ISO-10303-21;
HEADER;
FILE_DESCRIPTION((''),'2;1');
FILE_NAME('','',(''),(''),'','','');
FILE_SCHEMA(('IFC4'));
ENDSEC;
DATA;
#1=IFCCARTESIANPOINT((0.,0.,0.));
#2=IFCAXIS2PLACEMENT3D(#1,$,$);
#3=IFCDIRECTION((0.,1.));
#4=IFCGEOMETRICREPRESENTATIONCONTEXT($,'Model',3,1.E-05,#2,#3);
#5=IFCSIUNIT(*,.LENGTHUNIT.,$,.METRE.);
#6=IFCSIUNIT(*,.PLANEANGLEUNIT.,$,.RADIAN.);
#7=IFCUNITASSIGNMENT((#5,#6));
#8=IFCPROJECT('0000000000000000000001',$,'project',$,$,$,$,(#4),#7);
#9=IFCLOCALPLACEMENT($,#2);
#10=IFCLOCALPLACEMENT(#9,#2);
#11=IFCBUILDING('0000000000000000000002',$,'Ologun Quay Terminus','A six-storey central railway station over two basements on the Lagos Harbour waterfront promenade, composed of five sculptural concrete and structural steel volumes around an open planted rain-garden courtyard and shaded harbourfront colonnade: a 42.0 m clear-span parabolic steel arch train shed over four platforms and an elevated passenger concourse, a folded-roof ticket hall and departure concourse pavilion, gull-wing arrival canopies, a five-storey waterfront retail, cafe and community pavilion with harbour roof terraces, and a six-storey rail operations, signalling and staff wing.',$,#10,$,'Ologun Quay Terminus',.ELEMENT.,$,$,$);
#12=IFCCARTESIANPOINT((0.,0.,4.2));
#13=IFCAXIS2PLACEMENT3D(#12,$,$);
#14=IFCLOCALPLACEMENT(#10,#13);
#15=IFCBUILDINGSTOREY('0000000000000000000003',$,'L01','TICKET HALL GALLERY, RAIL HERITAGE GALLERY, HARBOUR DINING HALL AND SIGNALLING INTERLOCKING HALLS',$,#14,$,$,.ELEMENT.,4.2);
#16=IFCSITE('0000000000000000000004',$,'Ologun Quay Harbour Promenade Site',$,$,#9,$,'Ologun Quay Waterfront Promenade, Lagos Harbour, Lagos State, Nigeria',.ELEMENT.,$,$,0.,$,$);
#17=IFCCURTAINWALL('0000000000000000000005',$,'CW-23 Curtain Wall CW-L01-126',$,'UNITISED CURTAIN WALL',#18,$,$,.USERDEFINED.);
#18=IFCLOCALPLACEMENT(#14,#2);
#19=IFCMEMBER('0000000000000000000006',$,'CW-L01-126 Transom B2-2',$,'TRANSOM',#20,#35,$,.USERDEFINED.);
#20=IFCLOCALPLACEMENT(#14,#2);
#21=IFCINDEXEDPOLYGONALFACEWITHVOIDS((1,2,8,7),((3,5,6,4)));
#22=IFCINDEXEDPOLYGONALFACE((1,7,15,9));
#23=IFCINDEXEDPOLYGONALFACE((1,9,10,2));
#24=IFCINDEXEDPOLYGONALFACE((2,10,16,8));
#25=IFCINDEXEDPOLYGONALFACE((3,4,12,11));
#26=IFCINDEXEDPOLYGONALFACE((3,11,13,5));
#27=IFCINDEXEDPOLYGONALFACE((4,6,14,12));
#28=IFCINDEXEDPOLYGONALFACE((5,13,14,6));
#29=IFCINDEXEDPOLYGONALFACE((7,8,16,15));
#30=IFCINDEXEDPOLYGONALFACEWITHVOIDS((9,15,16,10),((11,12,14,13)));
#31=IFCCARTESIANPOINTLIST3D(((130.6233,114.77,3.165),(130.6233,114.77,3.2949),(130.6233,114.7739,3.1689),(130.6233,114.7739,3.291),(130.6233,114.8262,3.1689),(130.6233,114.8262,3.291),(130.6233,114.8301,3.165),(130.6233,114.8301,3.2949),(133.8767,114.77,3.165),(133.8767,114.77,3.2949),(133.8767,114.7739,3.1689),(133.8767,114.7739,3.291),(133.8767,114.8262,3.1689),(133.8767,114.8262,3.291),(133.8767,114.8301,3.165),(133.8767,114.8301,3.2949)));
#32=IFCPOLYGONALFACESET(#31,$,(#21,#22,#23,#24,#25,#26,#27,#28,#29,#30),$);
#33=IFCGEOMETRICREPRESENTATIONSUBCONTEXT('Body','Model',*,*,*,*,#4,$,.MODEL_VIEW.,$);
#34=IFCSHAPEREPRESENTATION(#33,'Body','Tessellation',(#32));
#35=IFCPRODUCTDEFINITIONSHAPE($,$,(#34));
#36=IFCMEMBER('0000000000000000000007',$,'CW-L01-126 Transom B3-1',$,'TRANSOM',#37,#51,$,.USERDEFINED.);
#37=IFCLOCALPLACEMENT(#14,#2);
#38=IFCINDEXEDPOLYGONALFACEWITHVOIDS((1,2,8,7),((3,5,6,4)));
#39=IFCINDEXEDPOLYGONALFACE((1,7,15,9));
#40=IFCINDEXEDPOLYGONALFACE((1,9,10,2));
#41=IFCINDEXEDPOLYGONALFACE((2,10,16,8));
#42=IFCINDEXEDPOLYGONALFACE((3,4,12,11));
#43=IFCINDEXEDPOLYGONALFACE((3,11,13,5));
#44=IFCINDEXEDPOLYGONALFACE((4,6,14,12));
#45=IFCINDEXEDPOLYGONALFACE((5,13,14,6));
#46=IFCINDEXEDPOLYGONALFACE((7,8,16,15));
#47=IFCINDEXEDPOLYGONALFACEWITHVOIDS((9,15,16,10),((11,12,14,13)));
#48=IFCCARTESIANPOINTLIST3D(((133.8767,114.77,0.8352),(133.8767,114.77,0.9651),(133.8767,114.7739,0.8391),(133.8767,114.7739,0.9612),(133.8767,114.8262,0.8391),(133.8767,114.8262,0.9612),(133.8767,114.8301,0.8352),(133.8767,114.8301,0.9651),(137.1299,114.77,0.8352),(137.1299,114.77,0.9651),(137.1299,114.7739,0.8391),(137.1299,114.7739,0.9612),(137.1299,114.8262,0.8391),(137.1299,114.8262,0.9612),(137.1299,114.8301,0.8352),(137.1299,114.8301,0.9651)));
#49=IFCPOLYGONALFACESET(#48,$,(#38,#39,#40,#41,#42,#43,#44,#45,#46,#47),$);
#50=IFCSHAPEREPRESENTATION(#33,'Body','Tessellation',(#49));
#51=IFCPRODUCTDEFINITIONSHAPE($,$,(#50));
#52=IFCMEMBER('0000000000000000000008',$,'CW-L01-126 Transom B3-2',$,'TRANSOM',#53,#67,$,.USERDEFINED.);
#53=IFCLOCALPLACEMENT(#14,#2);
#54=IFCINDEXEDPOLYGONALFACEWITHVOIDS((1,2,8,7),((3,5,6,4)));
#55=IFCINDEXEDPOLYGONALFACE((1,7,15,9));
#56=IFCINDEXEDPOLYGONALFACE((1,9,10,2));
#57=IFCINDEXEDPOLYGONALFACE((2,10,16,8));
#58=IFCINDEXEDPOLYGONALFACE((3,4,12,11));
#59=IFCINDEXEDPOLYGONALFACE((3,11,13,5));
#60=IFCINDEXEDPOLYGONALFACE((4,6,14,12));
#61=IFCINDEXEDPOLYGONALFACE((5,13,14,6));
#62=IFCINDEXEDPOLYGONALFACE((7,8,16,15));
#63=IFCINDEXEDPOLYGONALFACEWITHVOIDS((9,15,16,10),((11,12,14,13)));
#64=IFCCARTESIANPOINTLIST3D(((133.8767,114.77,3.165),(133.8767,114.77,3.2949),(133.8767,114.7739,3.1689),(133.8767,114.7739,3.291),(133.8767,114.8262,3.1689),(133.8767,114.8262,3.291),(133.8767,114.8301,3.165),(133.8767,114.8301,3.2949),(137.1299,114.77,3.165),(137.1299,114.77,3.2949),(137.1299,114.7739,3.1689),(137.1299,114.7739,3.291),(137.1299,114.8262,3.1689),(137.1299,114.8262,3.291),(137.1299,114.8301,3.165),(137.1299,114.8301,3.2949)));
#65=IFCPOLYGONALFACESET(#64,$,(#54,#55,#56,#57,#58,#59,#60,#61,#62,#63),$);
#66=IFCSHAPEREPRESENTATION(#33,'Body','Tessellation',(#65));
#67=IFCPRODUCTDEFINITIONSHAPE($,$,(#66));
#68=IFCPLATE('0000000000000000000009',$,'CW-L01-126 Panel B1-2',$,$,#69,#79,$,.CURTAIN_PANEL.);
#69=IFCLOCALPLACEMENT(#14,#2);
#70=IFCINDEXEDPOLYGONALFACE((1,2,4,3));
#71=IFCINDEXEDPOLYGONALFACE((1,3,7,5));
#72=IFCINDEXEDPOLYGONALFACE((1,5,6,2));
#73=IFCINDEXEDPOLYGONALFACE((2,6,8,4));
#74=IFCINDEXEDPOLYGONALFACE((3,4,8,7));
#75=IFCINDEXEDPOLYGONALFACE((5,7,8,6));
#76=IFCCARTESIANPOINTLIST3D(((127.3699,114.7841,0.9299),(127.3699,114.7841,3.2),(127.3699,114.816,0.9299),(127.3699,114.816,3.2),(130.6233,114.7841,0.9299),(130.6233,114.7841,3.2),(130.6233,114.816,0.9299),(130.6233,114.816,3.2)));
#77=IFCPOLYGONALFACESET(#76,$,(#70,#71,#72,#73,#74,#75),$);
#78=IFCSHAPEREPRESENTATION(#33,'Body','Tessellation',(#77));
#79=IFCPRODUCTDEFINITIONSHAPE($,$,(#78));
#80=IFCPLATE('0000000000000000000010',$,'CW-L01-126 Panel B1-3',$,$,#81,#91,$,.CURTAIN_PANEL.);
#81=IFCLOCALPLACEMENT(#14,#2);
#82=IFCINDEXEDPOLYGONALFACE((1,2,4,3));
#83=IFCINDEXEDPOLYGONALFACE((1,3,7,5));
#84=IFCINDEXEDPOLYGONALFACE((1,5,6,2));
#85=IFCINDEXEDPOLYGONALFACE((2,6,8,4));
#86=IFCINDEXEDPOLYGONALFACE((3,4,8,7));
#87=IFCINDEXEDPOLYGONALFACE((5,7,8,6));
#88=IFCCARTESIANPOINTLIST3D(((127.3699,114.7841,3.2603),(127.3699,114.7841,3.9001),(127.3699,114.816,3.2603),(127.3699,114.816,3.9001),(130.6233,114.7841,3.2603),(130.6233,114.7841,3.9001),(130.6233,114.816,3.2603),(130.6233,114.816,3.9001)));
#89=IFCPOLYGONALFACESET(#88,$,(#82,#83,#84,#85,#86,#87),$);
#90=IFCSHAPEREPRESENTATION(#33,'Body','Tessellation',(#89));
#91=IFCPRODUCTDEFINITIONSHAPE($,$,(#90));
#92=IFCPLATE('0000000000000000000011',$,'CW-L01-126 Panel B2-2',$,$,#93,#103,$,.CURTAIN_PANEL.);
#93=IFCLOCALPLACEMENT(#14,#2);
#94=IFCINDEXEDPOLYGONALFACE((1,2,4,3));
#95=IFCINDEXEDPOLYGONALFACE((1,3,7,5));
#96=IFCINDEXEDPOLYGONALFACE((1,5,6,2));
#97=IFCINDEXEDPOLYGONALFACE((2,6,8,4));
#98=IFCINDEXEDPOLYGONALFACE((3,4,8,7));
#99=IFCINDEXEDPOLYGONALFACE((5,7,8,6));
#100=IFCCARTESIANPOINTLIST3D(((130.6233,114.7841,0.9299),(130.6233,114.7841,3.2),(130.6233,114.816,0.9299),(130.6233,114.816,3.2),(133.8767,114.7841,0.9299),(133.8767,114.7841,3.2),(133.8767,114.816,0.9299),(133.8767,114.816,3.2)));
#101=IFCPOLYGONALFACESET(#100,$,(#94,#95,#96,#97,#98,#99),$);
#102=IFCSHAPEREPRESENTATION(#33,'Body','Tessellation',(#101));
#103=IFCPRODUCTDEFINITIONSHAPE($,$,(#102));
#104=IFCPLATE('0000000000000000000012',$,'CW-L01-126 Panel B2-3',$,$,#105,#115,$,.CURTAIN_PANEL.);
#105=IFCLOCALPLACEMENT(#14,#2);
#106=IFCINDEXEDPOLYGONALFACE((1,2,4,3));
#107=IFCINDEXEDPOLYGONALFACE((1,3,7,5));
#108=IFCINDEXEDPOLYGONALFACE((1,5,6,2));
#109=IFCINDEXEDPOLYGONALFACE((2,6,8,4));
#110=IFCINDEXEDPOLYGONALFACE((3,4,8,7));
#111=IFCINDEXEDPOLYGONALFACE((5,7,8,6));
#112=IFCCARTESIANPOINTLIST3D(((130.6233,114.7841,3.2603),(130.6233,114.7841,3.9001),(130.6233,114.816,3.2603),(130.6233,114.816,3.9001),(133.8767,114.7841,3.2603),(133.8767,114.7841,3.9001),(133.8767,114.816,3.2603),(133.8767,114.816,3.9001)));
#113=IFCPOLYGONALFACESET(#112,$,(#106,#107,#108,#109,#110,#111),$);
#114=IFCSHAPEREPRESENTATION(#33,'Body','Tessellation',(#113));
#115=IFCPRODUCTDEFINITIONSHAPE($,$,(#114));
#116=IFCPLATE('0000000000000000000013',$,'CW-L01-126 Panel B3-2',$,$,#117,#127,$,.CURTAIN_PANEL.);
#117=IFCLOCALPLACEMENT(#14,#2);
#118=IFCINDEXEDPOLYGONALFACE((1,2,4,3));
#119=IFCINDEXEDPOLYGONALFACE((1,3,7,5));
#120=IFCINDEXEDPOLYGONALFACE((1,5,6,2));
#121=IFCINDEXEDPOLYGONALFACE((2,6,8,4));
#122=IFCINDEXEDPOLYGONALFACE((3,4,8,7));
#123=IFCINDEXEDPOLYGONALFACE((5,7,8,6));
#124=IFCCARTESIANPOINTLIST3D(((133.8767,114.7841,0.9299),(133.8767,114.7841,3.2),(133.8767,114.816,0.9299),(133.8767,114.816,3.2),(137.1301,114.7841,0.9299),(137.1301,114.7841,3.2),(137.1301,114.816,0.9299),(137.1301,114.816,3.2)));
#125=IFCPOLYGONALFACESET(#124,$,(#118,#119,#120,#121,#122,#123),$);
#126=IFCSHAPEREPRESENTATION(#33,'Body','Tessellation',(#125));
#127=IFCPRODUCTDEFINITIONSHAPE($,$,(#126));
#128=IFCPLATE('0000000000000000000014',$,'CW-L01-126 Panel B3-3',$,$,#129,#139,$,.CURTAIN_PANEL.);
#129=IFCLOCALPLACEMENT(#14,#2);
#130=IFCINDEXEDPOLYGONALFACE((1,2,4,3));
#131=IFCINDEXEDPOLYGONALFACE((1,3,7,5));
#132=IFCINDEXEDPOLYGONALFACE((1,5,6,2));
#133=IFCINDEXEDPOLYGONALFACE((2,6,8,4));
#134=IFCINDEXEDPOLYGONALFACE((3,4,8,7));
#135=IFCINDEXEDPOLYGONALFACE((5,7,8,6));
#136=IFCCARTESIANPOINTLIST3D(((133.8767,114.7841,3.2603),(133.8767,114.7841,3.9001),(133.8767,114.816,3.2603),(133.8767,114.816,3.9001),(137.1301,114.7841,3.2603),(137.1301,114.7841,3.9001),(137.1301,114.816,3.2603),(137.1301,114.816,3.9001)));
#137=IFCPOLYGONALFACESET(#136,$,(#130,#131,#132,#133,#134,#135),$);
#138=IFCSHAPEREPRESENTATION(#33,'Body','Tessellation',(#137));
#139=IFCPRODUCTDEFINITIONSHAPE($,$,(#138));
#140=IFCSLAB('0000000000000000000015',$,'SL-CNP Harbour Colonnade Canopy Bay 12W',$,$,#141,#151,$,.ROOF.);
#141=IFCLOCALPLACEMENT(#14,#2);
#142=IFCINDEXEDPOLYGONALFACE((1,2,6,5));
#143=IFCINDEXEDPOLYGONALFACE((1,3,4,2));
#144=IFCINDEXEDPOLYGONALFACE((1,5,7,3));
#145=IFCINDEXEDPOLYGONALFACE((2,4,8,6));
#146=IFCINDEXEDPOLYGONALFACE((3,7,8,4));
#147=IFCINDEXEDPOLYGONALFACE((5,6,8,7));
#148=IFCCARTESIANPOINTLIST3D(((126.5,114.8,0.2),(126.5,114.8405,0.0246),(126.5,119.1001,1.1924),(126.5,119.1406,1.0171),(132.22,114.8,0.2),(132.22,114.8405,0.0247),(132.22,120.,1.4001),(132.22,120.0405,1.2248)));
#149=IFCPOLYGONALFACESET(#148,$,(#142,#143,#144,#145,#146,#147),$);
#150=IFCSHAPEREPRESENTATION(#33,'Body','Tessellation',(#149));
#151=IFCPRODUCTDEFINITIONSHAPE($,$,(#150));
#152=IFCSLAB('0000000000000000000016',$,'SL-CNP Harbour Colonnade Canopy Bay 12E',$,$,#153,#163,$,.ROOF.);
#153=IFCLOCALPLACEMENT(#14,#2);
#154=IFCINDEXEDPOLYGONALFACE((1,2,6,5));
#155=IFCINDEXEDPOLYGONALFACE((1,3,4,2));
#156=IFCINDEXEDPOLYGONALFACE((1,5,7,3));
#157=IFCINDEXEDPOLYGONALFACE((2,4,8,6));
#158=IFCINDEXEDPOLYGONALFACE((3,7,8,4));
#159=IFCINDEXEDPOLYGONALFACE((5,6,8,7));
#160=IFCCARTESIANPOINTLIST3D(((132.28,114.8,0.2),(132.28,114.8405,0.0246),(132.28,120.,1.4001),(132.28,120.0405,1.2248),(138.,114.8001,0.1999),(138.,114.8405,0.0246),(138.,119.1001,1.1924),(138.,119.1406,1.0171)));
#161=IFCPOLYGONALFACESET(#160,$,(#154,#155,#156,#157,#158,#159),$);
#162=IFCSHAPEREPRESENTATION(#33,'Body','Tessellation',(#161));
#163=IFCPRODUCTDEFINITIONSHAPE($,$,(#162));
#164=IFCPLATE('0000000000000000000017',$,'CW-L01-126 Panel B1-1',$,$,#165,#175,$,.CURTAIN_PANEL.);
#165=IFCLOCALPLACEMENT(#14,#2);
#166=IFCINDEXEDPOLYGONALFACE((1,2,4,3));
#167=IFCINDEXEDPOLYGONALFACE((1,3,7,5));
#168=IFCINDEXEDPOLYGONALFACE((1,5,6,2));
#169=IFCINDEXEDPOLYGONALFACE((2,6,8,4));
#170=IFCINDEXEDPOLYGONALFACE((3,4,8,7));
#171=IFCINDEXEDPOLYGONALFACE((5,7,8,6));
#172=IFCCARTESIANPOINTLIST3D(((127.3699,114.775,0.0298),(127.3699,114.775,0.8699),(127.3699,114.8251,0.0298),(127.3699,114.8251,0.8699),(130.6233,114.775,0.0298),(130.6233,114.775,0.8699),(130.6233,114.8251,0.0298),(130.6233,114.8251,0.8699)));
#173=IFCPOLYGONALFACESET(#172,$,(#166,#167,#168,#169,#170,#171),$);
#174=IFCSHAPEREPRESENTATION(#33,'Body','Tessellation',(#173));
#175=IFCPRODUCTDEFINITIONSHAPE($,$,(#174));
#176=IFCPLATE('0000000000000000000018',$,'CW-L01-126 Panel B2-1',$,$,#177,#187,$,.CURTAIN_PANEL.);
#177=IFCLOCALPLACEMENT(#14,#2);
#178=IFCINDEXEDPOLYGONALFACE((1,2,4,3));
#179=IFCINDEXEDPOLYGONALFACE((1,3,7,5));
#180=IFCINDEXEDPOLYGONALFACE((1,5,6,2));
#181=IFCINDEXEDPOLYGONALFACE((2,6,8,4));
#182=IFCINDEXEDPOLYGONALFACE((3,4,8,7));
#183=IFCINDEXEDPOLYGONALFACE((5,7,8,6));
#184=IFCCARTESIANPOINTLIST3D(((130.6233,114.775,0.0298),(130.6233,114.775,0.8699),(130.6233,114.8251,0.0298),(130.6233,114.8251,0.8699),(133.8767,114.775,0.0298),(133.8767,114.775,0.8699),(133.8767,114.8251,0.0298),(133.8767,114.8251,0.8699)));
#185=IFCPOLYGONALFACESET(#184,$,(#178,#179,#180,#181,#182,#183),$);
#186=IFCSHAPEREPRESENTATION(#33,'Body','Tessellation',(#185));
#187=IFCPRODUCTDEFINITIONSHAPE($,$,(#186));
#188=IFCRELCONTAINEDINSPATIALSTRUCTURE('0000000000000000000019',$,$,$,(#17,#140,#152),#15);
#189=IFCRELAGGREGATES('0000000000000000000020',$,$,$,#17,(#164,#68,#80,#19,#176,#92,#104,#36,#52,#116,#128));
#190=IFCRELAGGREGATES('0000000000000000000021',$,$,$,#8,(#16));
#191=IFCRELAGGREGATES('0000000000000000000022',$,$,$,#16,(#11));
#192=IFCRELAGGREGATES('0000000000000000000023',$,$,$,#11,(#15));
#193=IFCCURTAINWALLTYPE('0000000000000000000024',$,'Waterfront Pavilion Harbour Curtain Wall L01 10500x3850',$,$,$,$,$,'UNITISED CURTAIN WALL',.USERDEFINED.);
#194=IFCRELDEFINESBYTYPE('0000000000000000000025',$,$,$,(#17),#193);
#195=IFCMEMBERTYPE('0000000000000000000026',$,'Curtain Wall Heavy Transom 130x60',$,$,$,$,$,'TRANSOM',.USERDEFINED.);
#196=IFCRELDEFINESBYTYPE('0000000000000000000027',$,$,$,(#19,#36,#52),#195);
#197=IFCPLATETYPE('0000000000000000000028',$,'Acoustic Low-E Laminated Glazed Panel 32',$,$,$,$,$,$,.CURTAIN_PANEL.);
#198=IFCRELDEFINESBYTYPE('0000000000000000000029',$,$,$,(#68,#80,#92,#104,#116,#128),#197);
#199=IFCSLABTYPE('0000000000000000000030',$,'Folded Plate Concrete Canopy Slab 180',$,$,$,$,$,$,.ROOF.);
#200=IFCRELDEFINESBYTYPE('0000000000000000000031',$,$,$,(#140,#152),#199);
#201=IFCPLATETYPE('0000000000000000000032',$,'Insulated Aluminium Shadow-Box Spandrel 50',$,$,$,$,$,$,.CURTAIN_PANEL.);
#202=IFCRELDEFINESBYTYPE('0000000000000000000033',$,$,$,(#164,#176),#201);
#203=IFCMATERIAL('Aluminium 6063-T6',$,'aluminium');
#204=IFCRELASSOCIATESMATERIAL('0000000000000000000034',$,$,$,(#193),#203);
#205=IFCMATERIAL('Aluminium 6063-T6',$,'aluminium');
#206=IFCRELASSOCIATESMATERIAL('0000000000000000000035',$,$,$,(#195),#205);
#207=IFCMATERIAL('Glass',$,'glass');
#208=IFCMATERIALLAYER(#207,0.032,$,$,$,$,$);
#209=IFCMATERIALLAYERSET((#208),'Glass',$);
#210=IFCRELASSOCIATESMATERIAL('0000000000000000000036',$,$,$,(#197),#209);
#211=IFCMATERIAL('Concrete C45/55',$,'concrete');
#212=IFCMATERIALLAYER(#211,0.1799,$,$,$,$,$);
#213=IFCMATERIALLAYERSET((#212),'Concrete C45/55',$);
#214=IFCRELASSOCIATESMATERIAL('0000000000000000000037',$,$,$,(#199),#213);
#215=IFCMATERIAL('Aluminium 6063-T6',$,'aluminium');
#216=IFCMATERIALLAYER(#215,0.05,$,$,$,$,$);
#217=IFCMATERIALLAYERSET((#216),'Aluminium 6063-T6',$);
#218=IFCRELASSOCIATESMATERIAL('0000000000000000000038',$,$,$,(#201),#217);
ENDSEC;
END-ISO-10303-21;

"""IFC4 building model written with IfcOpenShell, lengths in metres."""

from ifc_helpers import new_model, si_unit, direction, frame, origin, origin_2d, place, context, subcontext, project, spatial, polyline, rectangle, hollow_rectangle, outline, extrude, material, layer, layer_set, material_profile, profile_set, type_object, element, aggregate, save


model = new_model("IFC4")

# Units and contexts
model_context = context("Model", 3, precision=1e-05, world=origin(), true_north=direction((0.0, 1.0)))
body_context = subcontext(model_context, "Body", "Model", "MODEL_VIEW")
ifc_project = project(units=[si_unit("LENGTHUNIT", "METRE"), si_unit("PLANEANGLEUNIT", "RADIAN")], contexts=[model_context])

# Site, building, storey
site_placement = place(None, origin())
site = spatial("IfcSite", under=ifc_project, at=site_placement, Name="Ologun Quay Harbour Promenade Site", LongName="Ologun Quay Waterfront Promenade, Lagos Harbour, Lagos State, Nigeria", CompositionType="ELEMENT", RefElevation=0.0)
building_placement = place(site_placement, origin())
building = spatial("IfcBuilding", under=site, at=building_placement, Name="Ologun Quay Terminus", Description="A six-storey central railway station over two basements on the Lagos Harbour waterfront promenade, composed of five sculptural concrete and structural steel volumes around an open planted rain-garden courtyard and shaded harbourfront colonnade: a 42.0 m clear-span parabolic steel arch train shed over four platforms and an elevated passenger concourse, a folded-roof ticket hall and departure concourse pavilion, gull-wing arrival canopies, a five-storey waterfront retail, cafe and community pavilion with harbour roof terraces, and a six-storey rail operations, signalling and staff wing.", LongName="Ologun Quay Terminus", CompositionType="ELEMENT")
storey_placement = place(building_placement, frame((0.0, 0.0, 4.2)))
storey = spatial("IfcBuildingStorey", under=building, at=storey_placement, Name="L01", Description="TICKET HALL GALLERY, RAIL HERITAGE GALLERY, HARBOUR DINING HALL AND SIGNALLING INTERLOCKING HALLS", CompositionType="ELEMENT", Elevation=4.2)

# Curtain wall, members, plates
ifc_material_1 = material(Name="Aluminium 6063-T6", Category="aluminium")
curtain_wall_type = type_object("IfcCurtainWallType", Name="Waterfront Pavilion Harbour Curtain Wall L01 10500x3850", ElementType="UNITISED CURTAIN WALL", PredefinedType="USERDEFINED", material=ifc_material_1)
curtain_wall_placement = place(storey_placement, origin())
curtain_wall = element("IfcCurtainWall", 1, at=curtain_wall_placement, inside=storey, type_object=curtain_wall_type, Name="CW-23 Curtain Wall CW-L01-126", ObjectType="UNITISED CURTAIN WALL", PredefinedType="USERDEFINED")
ifc_material_2 = material(Name="Aluminium 6063-T6", Category="aluminium")
ifc_material_profile_1 = material_profile(ifc_material_2, hollow_rectangle(XDim=0.0601, YDim=0.1299, WallThickness=0.0039, at=origin_2d()), Name="ALU 130x60x4")
ifc_profile_set_1 = profile_set([ifc_material_profile_1], Name="Aluminium 6063-T6")
member_type_1 = type_object("IfcMemberType", Name="Curtain Wall Heavy Transom 130x60", ElementType="TRANSOM", PredefinedType="USERDEFINED", material=ifc_profile_set_1)
member_1_placement = place(storey_placement, frame((130.6233, 114.8, 3.23), z_axis=(1.0, 0.0, 0.0), x_axis=(0.0, 1.0, 0.0)))
member_1 = element("IfcMember", 2, at=member_1_placement, type_object=member_type_1, Name="CW-L01-126 Transom B2-2", ObjectType="TRANSOM", PredefinedType="USERDEFINED", context=body_context, shape_type="SweptSolid", body=[
    extrude(hollow_rectangle(XDim=0.0601, YDim=0.1299, WallThickness=0.0039, at=origin_2d()), origin(), (0.0, 0.0, 1.0), 3.2534),
])
member_2_placement = place(storey_placement, frame((133.8767, 114.8, 0.9001), z_axis=(1.0, 0.0, 0.0), x_axis=(0.0, 1.0, 0.0)))
member_2 = element("IfcMember", 3, at=member_2_placement, type_object=member_type_1, Name="CW-L01-126 Transom B3-1", ObjectType="TRANSOM", PredefinedType="USERDEFINED", context=body_context, shape_type="SweptSolid", body=[
    extrude(hollow_rectangle(XDim=0.0601, YDim=0.1299, WallThickness=0.0039, at=origin_2d()), origin(), (0.0, 0.0, 1.0), 3.2532),
])
member_3_placement = place(storey_placement, frame((133.8767, 114.8, 3.23), z_axis=(1.0, 0.0, 0.0), x_axis=(0.0, 1.0, 0.0)))
member_3 = element("IfcMember", 4, at=member_3_placement, type_object=member_type_1, Name="CW-L01-126 Transom B3-2", ObjectType="TRANSOM", PredefinedType="USERDEFINED", context=body_context, shape_type="SweptSolid", body=[
    extrude(hollow_rectangle(XDim=0.0601, YDim=0.1299, WallThickness=0.0039, at=origin_2d()), origin(), (0.0, 0.0, 1.0), 3.2532),
])
ifc_material_3 = material(Name="Glass", Category="glass")
ifc_layer_1 = layer(ifc_material_3, 0.032)
ifc_layer_set_1 = layer_set([ifc_layer_1], Name="Glass")
plate_type_1 = type_object("IfcPlateType", Name="Acoustic Low-E Laminated Glazed Panel 32", PredefinedType="CURTAIN_PANEL", material=ifc_layer_set_1)
plate_1_placement = place(storey_placement, frame((128.9966, 114.8, 0.9299), z_axis=(0.0, 0.0, 1.0), x_axis=(1.0, 0.0, 0.0)))
plate_1 = element("IfcPlate", 5, at=plate_1_placement, type_object=plate_type_1, Name="CW-L01-126 Panel B1-2", PredefinedType="CURTAIN_PANEL", context=body_context, shape_type="SweptSolid", body=[
    extrude(rectangle(XDim=3.2534, YDim=0.032, at=origin_2d()), origin(), (0.0, 0.0, 1.0), 2.27),
])
plate_2_placement = place(storey_placement, frame((128.9966, 114.8, 3.2603), z_axis=(0.0, 0.0, 1.0), x_axis=(1.0, 0.0, 0.0)))
plate_2 = element("IfcPlate", 6, at=plate_2_placement, type_object=plate_type_1, Name="CW-L01-126 Panel B1-3", PredefinedType="CURTAIN_PANEL", context=body_context, shape_type="SweptSolid", body=[
    extrude(rectangle(XDim=3.2534, YDim=0.032, at=origin_2d()), origin(), (0.0, 0.0, 1.0), 0.6399),
])
plate_3_placement = place(storey_placement, frame((132.25, 114.8, 0.9299), z_axis=(0.0, 0.0, 1.0), x_axis=(1.0, 0.0, 0.0)))
plate_3 = element("IfcPlate", 7, at=plate_3_placement, type_object=plate_type_1, Name="CW-L01-126 Panel B2-2", PredefinedType="CURTAIN_PANEL", context=body_context, shape_type="SweptSolid", body=[
    extrude(rectangle(XDim=3.2534, YDim=0.032, at=origin_2d()), origin(), (0.0, 0.0, 1.0), 2.27),
])
plate_4_placement = place(storey_placement, frame((132.25, 114.8, 3.2603), z_axis=(0.0, 0.0, 1.0), x_axis=(1.0, 0.0, 0.0)))
plate_4 = element("IfcPlate", 8, at=plate_4_placement, type_object=plate_type_1, Name="CW-L01-126 Panel B2-3", PredefinedType="CURTAIN_PANEL", context=body_context, shape_type="SweptSolid", body=[
    extrude(rectangle(XDim=3.2534, YDim=0.032, at=origin_2d()), origin(), (0.0, 0.0, 1.0), 0.6399),
])
plate_5_placement = place(storey_placement, frame((135.5034, 114.8, 0.9299), z_axis=(0.0, 0.0, 1.0), x_axis=(1.0, 0.0, 0.0)))
plate_5 = element("IfcPlate", 9, at=plate_5_placement, type_object=plate_type_1, Name="CW-L01-126 Panel B3-2", PredefinedType="CURTAIN_PANEL", context=body_context, shape_type="SweptSolid", body=[
    extrude(rectangle(XDim=3.2534, YDim=0.032, at=origin_2d()), origin(), (0.0, 0.0, 1.0), 2.27),
])
plate_6_placement = place(storey_placement, frame((135.5034, 114.8, 3.2603), z_axis=(0.0, 0.0, 1.0), x_axis=(1.0, 0.0, 0.0)))
plate_6 = element("IfcPlate", 10, at=plate_6_placement, type_object=plate_type_1, Name="CW-L01-126 Panel B3-3", PredefinedType="CURTAIN_PANEL", context=body_context, shape_type="SweptSolid", body=[
    extrude(rectangle(XDim=3.2534, YDim=0.032, at=origin_2d()), origin(), (0.0, 0.0, 1.0), 0.6399),
])

# Slabs
ifc_material_4 = material(Name="Concrete C45/55", Category="concrete")
ifc_layer_2 = layer(ifc_material_4, 0.1799)
ifc_layer_set_2 = layer_set([ifc_layer_2], Name="Concrete C45/55")
slab_type = type_object("IfcSlabType", Name="Folded Plate Concrete Canopy Slab 180", PredefinedType="ROOF", material=ifc_layer_set_2)
slab_1_placement = place(storey_placement, frame((126.5, 114.8, 0.2), z_axis=(-0.000005, -0.224891, 0.974384), x_axis=(1.0, -0.000001, 0.000005)))
element("IfcSlab", 11, at=slab_1_placement, inside=storey, type_object=slab_type, Name="SL-CNP Harbour Colonnade Canopy Bay 12W", PredefinedType="ROOF", context=body_context, shape_type="SweptSolid", body=[
    extrude(outline(polyline([(0.0, 0.0), (5.72, 0.0), (5.72, 5.3367), (0.0, 4.4131), (0.0, 0.0)])), origin(), (0.0, 0.0, -1.0), 0.1799),
])
slab_2_placement = place(storey_placement, frame((132.28, 114.8, 0.2), z_axis=(0.000005, -0.224891, 0.974384), x_axis=(1.0, 0.000001, -0.000005)))
element("IfcSlab", 12, at=slab_2_placement, inside=storey, type_object=slab_type, Name="SL-CNP Harbour Colonnade Canopy Bay 12E", PredefinedType="ROOF", context=body_context, shape_type="SweptSolid", body=[
    extrude(outline(polyline([(0.0, 0.0), (5.72, 0.0), (5.72, 4.4131), (0.0, 5.3367), (0.0, 0.0)])), origin(), (0.0, 0.0, -1.0), 0.1799),
])

# Plates
ifc_material_5 = material(Name="Aluminium 6063-T6", Category="aluminium")
ifc_layer_3 = layer(ifc_material_5, 0.05)
ifc_layer_set_3 = layer_set([ifc_layer_3], Name="Aluminium 6063-T6")
plate_type_2 = type_object("IfcPlateType", Name="Insulated Aluminium Shadow-Box Spandrel 50", PredefinedType="CURTAIN_PANEL", material=ifc_layer_set_3)
plate_7_placement = place(storey_placement, frame((128.9966, 114.8, 0.0298), z_axis=(0.0, 0.0, 1.0), x_axis=(1.0, 0.0, 0.0)))
plate_7 = element("IfcPlate", 13, at=plate_7_placement, type_object=plate_type_2, Name="CW-L01-126 Panel B1-1", PredefinedType="CURTAIN_PANEL", context=body_context, shape_type="SweptSolid", body=[
    extrude(rectangle(XDim=3.2534, YDim=0.05, at=origin_2d()), origin(), (0.0, 0.0, 1.0), 0.8401),
])
plate_8_placement = place(storey_placement, frame((132.25, 114.8, 0.0298), z_axis=(0.0, 0.0, 1.0), x_axis=(1.0, 0.0, 0.0)))
plate_8 = element("IfcPlate", 14, at=plate_8_placement, type_object=plate_type_2, Name="CW-L01-126 Panel B2-1", PredefinedType="CURTAIN_PANEL", context=body_context, shape_type="SweptSolid", body=[
    extrude(rectangle(XDim=3.2534, YDim=0.05, at=origin_2d()), origin(), (0.0, 0.0, 1.0), 0.8401),
])
aggregate(curtain_wall, [plate_7, plate_1, plate_2, member_1, plate_8, plate_3, plate_4, member_2, member_3, plate_5, plate_6])

save(model, "model.ifc")
